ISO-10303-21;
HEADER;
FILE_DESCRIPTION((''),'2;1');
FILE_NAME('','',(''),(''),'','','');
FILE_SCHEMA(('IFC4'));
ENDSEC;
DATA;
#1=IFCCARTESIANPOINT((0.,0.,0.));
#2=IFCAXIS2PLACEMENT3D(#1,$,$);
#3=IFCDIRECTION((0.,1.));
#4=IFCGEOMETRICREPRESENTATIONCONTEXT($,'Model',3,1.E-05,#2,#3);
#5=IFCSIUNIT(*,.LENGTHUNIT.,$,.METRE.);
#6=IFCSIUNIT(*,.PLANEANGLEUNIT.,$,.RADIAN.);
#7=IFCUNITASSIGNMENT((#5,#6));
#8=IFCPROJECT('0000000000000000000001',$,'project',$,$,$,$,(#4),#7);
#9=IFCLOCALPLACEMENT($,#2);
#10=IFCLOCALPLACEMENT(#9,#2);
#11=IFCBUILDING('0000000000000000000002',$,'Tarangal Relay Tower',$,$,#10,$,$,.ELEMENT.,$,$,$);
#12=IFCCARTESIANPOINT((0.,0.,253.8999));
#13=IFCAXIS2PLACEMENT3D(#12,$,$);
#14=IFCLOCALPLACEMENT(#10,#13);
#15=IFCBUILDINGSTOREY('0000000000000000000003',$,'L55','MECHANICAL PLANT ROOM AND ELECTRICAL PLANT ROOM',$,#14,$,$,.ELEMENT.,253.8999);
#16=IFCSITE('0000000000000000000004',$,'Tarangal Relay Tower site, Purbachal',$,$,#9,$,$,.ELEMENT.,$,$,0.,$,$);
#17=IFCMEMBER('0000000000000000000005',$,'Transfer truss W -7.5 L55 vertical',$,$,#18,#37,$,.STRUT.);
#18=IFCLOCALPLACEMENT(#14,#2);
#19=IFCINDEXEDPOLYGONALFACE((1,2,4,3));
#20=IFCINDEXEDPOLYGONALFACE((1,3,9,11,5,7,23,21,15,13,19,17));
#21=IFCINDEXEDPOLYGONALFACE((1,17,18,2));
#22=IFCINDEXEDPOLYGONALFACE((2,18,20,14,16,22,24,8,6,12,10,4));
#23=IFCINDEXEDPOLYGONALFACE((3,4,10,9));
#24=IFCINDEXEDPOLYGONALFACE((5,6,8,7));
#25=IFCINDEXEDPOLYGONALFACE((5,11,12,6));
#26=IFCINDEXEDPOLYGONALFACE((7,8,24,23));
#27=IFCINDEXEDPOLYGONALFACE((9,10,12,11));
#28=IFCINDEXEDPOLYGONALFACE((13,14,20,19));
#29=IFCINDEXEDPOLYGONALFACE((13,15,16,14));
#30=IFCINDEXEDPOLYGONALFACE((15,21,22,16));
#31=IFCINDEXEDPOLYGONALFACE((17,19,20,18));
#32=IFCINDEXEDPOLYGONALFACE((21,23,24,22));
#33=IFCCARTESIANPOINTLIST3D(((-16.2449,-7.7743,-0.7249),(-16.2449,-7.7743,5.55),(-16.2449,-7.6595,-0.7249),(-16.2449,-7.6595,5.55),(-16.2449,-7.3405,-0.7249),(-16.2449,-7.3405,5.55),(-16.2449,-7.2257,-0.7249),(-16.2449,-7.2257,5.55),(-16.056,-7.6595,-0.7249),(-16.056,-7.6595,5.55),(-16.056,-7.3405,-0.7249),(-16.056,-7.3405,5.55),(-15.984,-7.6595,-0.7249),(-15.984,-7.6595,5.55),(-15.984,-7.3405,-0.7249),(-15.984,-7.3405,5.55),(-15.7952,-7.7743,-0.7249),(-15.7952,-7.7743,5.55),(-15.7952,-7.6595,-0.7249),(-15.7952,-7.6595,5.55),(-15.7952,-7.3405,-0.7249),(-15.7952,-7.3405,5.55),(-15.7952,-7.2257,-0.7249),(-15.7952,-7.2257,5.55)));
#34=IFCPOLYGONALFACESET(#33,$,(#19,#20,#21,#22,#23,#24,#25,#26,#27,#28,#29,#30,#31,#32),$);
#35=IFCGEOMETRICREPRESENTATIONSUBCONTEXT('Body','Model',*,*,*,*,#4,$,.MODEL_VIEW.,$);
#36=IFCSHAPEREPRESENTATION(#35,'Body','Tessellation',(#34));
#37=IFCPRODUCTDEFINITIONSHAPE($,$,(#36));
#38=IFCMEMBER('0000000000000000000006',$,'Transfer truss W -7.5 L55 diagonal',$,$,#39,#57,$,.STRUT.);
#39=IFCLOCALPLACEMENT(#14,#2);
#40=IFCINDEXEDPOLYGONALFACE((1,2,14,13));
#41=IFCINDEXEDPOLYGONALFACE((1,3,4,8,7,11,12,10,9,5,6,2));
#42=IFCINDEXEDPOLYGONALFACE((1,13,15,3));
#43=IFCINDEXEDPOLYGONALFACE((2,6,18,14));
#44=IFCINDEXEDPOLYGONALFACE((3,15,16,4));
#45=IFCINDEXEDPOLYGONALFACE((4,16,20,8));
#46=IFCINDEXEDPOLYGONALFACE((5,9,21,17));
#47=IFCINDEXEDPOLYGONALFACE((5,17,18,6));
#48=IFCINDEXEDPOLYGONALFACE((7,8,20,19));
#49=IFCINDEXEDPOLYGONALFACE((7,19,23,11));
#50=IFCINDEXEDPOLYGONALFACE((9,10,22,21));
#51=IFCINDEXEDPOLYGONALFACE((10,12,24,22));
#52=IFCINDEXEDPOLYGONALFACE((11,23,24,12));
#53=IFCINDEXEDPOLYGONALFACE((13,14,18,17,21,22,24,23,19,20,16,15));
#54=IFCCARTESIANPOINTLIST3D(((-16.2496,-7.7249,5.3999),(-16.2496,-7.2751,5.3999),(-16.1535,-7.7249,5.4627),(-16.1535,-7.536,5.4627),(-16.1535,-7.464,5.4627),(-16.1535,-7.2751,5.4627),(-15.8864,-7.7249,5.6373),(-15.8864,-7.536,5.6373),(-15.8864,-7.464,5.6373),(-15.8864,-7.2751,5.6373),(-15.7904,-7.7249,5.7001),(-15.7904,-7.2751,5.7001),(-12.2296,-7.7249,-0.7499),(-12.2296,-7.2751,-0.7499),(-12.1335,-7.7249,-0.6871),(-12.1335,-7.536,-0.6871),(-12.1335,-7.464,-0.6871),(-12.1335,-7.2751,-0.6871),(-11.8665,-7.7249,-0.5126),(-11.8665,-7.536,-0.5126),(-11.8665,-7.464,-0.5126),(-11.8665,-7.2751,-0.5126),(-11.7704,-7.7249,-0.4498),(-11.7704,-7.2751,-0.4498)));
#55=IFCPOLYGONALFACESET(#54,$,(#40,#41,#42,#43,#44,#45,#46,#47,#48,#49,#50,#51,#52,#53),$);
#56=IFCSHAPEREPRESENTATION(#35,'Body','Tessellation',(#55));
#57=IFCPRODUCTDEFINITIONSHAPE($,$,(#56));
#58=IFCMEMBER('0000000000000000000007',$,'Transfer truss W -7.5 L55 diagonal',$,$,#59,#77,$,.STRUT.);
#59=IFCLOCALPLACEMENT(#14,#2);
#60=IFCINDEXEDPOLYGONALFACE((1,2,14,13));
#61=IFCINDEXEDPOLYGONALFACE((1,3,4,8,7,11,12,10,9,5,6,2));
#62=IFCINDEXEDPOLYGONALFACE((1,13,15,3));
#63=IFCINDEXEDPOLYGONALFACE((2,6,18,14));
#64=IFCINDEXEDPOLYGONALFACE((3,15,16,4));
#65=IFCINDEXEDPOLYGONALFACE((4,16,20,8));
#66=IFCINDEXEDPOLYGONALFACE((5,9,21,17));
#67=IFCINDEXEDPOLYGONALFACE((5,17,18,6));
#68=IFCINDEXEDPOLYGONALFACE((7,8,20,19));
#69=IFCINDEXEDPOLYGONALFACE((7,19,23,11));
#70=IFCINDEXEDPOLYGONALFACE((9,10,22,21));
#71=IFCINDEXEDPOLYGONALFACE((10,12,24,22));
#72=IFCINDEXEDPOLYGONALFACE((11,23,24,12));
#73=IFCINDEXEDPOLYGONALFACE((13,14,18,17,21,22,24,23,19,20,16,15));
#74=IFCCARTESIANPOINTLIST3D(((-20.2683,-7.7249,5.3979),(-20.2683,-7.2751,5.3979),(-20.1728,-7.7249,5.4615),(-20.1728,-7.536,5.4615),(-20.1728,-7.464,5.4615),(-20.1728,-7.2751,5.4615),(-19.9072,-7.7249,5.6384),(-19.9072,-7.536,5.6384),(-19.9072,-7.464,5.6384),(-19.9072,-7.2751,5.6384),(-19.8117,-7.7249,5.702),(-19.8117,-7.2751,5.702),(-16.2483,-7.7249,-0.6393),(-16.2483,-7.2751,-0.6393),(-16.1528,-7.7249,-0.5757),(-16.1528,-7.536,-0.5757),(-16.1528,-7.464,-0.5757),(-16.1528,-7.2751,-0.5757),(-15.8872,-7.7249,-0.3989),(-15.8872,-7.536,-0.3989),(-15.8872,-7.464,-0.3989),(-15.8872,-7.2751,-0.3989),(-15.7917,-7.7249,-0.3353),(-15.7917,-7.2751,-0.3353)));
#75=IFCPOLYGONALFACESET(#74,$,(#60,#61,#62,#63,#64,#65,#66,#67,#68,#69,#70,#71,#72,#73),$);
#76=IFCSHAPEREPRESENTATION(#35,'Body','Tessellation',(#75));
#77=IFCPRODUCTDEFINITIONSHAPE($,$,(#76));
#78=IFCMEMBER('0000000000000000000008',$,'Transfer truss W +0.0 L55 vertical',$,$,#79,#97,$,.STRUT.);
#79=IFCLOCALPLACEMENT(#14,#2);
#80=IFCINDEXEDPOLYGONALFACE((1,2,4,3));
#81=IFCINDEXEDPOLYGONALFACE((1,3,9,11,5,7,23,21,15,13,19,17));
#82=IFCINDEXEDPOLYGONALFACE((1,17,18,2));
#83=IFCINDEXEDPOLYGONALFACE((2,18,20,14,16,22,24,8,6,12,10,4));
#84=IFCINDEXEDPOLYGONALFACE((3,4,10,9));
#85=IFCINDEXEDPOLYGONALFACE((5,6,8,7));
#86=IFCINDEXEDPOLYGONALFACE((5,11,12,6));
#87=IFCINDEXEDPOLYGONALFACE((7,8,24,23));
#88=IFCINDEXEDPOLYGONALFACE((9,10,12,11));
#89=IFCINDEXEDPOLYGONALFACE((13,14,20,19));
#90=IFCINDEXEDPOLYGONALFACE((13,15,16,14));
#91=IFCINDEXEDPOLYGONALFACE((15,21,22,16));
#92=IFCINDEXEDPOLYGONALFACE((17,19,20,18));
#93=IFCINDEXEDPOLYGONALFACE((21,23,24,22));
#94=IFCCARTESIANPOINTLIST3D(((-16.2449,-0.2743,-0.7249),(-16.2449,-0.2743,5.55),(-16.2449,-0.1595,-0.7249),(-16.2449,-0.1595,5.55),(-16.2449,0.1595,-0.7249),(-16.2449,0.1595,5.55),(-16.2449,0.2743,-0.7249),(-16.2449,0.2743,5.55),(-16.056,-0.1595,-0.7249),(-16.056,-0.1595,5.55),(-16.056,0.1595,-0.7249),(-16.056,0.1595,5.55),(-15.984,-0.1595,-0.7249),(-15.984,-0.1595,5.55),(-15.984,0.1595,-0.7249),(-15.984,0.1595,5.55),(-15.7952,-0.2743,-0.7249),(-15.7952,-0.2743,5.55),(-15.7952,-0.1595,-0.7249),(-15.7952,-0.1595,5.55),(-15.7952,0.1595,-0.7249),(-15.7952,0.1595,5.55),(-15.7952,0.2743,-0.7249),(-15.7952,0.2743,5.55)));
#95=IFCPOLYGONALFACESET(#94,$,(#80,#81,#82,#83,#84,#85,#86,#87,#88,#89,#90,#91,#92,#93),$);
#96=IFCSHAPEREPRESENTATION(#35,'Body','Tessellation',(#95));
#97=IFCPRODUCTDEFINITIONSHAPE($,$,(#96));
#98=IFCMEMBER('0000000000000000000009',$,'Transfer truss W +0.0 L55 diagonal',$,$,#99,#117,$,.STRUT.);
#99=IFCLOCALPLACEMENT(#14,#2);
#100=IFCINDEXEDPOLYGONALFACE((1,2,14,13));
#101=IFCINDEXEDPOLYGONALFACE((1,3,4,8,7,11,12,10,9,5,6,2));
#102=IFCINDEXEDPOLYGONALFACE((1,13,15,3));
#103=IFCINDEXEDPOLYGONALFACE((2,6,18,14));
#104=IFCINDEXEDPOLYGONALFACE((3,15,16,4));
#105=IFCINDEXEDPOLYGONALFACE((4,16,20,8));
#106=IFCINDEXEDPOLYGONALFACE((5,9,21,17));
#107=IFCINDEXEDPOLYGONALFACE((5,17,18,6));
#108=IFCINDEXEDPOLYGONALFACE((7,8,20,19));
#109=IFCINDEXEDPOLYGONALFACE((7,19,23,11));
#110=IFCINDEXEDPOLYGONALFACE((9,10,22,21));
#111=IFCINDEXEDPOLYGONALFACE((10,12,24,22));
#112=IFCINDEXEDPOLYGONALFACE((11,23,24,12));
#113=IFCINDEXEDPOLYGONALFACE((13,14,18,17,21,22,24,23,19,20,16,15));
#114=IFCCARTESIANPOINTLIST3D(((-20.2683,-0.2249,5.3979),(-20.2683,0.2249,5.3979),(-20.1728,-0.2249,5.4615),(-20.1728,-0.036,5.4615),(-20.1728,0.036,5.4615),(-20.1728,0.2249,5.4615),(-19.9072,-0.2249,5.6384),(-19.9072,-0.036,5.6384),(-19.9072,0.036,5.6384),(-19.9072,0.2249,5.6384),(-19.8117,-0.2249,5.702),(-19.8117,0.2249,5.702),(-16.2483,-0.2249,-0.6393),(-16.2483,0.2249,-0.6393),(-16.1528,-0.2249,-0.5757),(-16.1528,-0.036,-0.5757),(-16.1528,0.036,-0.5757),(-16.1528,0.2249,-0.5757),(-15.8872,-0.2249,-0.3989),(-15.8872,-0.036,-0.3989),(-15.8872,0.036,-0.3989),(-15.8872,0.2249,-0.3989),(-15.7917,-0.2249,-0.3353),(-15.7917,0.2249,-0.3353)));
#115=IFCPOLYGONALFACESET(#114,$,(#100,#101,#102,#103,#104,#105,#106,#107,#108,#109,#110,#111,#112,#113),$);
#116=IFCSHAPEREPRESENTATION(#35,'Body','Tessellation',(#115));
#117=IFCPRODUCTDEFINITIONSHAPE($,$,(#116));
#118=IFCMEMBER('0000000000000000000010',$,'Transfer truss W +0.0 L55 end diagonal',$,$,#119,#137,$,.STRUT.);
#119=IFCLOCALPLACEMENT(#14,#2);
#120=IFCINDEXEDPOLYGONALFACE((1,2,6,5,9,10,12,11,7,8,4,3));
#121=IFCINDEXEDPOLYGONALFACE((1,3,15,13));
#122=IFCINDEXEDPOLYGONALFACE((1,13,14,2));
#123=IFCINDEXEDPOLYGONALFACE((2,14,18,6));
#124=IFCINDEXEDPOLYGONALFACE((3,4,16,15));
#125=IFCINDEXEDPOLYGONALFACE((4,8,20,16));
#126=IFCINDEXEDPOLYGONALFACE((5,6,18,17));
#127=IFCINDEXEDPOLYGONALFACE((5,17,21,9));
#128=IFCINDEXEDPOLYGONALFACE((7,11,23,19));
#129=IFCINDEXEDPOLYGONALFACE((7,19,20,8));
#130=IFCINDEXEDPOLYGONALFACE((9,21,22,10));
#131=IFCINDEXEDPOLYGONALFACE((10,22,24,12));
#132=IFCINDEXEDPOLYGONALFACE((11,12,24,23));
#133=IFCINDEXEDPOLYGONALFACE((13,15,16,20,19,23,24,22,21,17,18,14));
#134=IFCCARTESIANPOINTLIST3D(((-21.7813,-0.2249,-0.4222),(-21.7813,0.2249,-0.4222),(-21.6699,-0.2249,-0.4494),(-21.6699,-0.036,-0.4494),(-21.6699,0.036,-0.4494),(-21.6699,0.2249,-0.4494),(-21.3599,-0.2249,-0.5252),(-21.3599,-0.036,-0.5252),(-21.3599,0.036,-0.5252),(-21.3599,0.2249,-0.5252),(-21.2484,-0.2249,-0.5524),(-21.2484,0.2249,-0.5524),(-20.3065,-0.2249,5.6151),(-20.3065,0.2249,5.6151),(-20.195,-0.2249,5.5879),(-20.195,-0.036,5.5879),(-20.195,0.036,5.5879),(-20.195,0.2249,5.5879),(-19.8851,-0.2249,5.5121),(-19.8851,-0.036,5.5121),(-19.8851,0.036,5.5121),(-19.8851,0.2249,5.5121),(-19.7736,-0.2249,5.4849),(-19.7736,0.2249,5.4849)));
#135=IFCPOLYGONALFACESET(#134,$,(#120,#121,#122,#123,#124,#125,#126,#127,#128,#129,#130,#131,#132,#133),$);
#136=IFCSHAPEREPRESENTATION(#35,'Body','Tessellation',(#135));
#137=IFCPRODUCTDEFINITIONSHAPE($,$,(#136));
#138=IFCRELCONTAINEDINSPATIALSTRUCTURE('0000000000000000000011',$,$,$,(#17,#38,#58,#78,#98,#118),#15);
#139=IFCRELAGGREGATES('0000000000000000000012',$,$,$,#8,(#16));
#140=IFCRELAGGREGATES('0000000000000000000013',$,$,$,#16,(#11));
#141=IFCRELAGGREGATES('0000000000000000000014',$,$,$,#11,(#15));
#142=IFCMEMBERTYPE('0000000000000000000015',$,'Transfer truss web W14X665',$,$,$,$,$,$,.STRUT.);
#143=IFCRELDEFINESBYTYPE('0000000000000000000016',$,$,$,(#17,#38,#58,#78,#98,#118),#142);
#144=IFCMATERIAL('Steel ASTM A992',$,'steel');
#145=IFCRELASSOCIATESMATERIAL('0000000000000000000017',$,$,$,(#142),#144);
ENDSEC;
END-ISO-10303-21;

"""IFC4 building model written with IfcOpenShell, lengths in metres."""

from ifc_helpers import new_model, si_unit, direction, frame, origin, origin_2d, place, context, subcontext, project, spatial, i_section, extrude, material, material_profile, profile_set, type_object, element, save


model = new_model("IFC4")

# Units and contexts
model_context = context("Model", 3, precision=1e-05, world=origin(), true_north=direction((0.0, 1.0)))
body_context = subcontext(model_context, "Body", "Model", "MODEL_VIEW")
ifc_project = project(units=[si_unit("LENGTHUNIT", "METRE"), si_unit("PLANEANGLEUNIT", "RADIAN")], contexts=[model_context])

# Site, building, storey
site_placement = place(None, origin())
site = spatial("IfcSite", under=ifc_project, at=site_placement, Name="Tarangal Relay Tower site, Purbachal", CompositionType="ELEMENT", RefElevation=0.0)
building_placement = place(site_placement, origin())
building = spatial("IfcBuilding", under=site, at=building_placement, Name="Tarangal Relay Tower", CompositionType="ELEMENT")
storey_placement = place(building_placement, frame((0.0, 0.0, 253.8999)))
storey = spatial("IfcBuildingStorey", under=building, at=storey_placement, Name="L55", Description="MECHANICAL PLANT ROOM AND ELECTRICAL PLANT ROOM", CompositionType="ELEMENT", Elevation=253.8999)

# Shared definitions
ifc_material_1 = material(Name="Steel ASTM A992", Category="steel")

# Members
ifc_material_profile_1 = material_profile(ifc_material_1, i_section(OverallWidth=0.4497, OverallDepth=0.5486, WebThickness=0.072, FlangeThickness=0.1147, at=origin_2d()), Name="W14X665")
ifc_profile_set_1 = profile_set([ifc_material_profile_1], Name="Steel ASTM A992")
member_type_1 = type_object("IfcMemberType", Name="Transfer truss web W14X665", PredefinedType="STRUT", material=ifc_profile_set_1)
member_1_placement = place(storey_placement, frame((-16.02, -7.5, -0.7249), z_axis=(0.0, 0.0, 1.0), x_axis=(1.0, 0.0, 0.0)))
element("IfcMember", 1, at=member_1_placement, inside=storey, type_object=member_type_1, Name="Transfer truss W -7.5 L55 vertical", PredefinedType="STRUT", context=body_context, shape_type="SweptSolid", body=[
    extrude(i_section(OverallWidth=0.4497, OverallDepth=0.5486, WebThickness=0.072, FlangeThickness=0.1147, at=origin_2d()), origin(), (0.0, 0.0, 1.0), 6.2749),
])
member_2_placement = place(storey_placement, frame((-12.0, -7.5, -0.5999), z_axis=(-0.547147, 0.0, 0.837036), x_axis=(0.0, -1.0, 0.0)))
element("IfcMember", 2, at=member_2_placement, inside=storey, type_object=member_type_1, Name="Transfer truss W -7.5 L55 diagonal", PredefinedType="STRUT", context=body_context, shape_type="SweptSolid", body=[
    extrude(i_section(OverallWidth=0.4497, OverallDepth=0.5486, WebThickness=0.072, FlangeThickness=0.1147, at=origin_2d()), origin(), (0.0, 0.0, 1.0), 7.3472),
])
member_3_placement = place(storey_placement, frame((-16.02, -7.5, -0.4873), z_axis=(-0.554234, 0.0, 0.832361), x_axis=(0.0, -1.0, 0.0)))
element("IfcMember", 3, at=member_3_placement, inside=storey, type_object=member_type_1, Name="Transfer truss W -7.5 L55 diagonal", PredefinedType="STRUT", context=body_context, shape_type="SweptSolid", body=[
    extrude(i_section(OverallWidth=0.4497, OverallDepth=0.5486, WebThickness=0.072, FlangeThickness=0.1147, at=origin_2d()), origin(), (0.0, 0.0, 1.0), 7.2532),
])
member_4_placement = place(storey_placement, frame((-16.02, 0.0, -0.7249), z_axis=(0.0, 0.0, 1.0), x_axis=(1.0, 0.0, 0.0)))
element("IfcMember", 4, at=member_4_placement, inside=storey, type_object=member_type_1, Name="Transfer truss W +0.0 L55 vertical", PredefinedType="STRUT", context=body_context, shape_type="SweptSolid", body=[
    extrude(i_section(OverallWidth=0.4497, OverallDepth=0.5486, WebThickness=0.072, FlangeThickness=0.1147, at=origin_2d()), origin(), (0.0, 0.0, 1.0), 6.2749),
])
member_5_placement = place(storey_placement, frame((-16.02, 0.0, -0.4873), z_axis=(-0.554234, 0.0, 0.832361), x_axis=(0.0, -1.0, 0.0)))
element("IfcMember", 5, at=member_5_placement, inside=storey, type_object=member_type_1, Name="Transfer truss W +0.0 L55 diagonal", PredefinedType="STRUT", context=body_context, shape_type="SweptSolid", body=[
    extrude(i_section(OverallWidth=0.4497, OverallDepth=0.5486, WebThickness=0.072, FlangeThickness=0.1147, at=origin_2d()), origin(), (0.0, 0.0, 1.0), 7.2532),
])
member_6_placement = place(storey_placement, frame((-21.5149, 0.0, -0.4873), z_axis=(0.23731, 0.0, 0.971434), x_axis=(0.0, 1.0, 0.0)))
element("IfcMember", 6, at=member_6_placement, inside=storey, type_object=member_type_1, Name="Transfer truss W +0.0 L55 end diagonal", PredefinedType="STRUT", context=body_context, shape_type="SweptSolid", body=[
    extrude(i_section(OverallWidth=0.4497, OverallDepth=0.5486, WebThickness=0.072, FlangeThickness=0.1147, at=origin_2d()), origin(), (0.0, 0.0, 1.0), 6.2148),
])

save(model, "model.ifc")
